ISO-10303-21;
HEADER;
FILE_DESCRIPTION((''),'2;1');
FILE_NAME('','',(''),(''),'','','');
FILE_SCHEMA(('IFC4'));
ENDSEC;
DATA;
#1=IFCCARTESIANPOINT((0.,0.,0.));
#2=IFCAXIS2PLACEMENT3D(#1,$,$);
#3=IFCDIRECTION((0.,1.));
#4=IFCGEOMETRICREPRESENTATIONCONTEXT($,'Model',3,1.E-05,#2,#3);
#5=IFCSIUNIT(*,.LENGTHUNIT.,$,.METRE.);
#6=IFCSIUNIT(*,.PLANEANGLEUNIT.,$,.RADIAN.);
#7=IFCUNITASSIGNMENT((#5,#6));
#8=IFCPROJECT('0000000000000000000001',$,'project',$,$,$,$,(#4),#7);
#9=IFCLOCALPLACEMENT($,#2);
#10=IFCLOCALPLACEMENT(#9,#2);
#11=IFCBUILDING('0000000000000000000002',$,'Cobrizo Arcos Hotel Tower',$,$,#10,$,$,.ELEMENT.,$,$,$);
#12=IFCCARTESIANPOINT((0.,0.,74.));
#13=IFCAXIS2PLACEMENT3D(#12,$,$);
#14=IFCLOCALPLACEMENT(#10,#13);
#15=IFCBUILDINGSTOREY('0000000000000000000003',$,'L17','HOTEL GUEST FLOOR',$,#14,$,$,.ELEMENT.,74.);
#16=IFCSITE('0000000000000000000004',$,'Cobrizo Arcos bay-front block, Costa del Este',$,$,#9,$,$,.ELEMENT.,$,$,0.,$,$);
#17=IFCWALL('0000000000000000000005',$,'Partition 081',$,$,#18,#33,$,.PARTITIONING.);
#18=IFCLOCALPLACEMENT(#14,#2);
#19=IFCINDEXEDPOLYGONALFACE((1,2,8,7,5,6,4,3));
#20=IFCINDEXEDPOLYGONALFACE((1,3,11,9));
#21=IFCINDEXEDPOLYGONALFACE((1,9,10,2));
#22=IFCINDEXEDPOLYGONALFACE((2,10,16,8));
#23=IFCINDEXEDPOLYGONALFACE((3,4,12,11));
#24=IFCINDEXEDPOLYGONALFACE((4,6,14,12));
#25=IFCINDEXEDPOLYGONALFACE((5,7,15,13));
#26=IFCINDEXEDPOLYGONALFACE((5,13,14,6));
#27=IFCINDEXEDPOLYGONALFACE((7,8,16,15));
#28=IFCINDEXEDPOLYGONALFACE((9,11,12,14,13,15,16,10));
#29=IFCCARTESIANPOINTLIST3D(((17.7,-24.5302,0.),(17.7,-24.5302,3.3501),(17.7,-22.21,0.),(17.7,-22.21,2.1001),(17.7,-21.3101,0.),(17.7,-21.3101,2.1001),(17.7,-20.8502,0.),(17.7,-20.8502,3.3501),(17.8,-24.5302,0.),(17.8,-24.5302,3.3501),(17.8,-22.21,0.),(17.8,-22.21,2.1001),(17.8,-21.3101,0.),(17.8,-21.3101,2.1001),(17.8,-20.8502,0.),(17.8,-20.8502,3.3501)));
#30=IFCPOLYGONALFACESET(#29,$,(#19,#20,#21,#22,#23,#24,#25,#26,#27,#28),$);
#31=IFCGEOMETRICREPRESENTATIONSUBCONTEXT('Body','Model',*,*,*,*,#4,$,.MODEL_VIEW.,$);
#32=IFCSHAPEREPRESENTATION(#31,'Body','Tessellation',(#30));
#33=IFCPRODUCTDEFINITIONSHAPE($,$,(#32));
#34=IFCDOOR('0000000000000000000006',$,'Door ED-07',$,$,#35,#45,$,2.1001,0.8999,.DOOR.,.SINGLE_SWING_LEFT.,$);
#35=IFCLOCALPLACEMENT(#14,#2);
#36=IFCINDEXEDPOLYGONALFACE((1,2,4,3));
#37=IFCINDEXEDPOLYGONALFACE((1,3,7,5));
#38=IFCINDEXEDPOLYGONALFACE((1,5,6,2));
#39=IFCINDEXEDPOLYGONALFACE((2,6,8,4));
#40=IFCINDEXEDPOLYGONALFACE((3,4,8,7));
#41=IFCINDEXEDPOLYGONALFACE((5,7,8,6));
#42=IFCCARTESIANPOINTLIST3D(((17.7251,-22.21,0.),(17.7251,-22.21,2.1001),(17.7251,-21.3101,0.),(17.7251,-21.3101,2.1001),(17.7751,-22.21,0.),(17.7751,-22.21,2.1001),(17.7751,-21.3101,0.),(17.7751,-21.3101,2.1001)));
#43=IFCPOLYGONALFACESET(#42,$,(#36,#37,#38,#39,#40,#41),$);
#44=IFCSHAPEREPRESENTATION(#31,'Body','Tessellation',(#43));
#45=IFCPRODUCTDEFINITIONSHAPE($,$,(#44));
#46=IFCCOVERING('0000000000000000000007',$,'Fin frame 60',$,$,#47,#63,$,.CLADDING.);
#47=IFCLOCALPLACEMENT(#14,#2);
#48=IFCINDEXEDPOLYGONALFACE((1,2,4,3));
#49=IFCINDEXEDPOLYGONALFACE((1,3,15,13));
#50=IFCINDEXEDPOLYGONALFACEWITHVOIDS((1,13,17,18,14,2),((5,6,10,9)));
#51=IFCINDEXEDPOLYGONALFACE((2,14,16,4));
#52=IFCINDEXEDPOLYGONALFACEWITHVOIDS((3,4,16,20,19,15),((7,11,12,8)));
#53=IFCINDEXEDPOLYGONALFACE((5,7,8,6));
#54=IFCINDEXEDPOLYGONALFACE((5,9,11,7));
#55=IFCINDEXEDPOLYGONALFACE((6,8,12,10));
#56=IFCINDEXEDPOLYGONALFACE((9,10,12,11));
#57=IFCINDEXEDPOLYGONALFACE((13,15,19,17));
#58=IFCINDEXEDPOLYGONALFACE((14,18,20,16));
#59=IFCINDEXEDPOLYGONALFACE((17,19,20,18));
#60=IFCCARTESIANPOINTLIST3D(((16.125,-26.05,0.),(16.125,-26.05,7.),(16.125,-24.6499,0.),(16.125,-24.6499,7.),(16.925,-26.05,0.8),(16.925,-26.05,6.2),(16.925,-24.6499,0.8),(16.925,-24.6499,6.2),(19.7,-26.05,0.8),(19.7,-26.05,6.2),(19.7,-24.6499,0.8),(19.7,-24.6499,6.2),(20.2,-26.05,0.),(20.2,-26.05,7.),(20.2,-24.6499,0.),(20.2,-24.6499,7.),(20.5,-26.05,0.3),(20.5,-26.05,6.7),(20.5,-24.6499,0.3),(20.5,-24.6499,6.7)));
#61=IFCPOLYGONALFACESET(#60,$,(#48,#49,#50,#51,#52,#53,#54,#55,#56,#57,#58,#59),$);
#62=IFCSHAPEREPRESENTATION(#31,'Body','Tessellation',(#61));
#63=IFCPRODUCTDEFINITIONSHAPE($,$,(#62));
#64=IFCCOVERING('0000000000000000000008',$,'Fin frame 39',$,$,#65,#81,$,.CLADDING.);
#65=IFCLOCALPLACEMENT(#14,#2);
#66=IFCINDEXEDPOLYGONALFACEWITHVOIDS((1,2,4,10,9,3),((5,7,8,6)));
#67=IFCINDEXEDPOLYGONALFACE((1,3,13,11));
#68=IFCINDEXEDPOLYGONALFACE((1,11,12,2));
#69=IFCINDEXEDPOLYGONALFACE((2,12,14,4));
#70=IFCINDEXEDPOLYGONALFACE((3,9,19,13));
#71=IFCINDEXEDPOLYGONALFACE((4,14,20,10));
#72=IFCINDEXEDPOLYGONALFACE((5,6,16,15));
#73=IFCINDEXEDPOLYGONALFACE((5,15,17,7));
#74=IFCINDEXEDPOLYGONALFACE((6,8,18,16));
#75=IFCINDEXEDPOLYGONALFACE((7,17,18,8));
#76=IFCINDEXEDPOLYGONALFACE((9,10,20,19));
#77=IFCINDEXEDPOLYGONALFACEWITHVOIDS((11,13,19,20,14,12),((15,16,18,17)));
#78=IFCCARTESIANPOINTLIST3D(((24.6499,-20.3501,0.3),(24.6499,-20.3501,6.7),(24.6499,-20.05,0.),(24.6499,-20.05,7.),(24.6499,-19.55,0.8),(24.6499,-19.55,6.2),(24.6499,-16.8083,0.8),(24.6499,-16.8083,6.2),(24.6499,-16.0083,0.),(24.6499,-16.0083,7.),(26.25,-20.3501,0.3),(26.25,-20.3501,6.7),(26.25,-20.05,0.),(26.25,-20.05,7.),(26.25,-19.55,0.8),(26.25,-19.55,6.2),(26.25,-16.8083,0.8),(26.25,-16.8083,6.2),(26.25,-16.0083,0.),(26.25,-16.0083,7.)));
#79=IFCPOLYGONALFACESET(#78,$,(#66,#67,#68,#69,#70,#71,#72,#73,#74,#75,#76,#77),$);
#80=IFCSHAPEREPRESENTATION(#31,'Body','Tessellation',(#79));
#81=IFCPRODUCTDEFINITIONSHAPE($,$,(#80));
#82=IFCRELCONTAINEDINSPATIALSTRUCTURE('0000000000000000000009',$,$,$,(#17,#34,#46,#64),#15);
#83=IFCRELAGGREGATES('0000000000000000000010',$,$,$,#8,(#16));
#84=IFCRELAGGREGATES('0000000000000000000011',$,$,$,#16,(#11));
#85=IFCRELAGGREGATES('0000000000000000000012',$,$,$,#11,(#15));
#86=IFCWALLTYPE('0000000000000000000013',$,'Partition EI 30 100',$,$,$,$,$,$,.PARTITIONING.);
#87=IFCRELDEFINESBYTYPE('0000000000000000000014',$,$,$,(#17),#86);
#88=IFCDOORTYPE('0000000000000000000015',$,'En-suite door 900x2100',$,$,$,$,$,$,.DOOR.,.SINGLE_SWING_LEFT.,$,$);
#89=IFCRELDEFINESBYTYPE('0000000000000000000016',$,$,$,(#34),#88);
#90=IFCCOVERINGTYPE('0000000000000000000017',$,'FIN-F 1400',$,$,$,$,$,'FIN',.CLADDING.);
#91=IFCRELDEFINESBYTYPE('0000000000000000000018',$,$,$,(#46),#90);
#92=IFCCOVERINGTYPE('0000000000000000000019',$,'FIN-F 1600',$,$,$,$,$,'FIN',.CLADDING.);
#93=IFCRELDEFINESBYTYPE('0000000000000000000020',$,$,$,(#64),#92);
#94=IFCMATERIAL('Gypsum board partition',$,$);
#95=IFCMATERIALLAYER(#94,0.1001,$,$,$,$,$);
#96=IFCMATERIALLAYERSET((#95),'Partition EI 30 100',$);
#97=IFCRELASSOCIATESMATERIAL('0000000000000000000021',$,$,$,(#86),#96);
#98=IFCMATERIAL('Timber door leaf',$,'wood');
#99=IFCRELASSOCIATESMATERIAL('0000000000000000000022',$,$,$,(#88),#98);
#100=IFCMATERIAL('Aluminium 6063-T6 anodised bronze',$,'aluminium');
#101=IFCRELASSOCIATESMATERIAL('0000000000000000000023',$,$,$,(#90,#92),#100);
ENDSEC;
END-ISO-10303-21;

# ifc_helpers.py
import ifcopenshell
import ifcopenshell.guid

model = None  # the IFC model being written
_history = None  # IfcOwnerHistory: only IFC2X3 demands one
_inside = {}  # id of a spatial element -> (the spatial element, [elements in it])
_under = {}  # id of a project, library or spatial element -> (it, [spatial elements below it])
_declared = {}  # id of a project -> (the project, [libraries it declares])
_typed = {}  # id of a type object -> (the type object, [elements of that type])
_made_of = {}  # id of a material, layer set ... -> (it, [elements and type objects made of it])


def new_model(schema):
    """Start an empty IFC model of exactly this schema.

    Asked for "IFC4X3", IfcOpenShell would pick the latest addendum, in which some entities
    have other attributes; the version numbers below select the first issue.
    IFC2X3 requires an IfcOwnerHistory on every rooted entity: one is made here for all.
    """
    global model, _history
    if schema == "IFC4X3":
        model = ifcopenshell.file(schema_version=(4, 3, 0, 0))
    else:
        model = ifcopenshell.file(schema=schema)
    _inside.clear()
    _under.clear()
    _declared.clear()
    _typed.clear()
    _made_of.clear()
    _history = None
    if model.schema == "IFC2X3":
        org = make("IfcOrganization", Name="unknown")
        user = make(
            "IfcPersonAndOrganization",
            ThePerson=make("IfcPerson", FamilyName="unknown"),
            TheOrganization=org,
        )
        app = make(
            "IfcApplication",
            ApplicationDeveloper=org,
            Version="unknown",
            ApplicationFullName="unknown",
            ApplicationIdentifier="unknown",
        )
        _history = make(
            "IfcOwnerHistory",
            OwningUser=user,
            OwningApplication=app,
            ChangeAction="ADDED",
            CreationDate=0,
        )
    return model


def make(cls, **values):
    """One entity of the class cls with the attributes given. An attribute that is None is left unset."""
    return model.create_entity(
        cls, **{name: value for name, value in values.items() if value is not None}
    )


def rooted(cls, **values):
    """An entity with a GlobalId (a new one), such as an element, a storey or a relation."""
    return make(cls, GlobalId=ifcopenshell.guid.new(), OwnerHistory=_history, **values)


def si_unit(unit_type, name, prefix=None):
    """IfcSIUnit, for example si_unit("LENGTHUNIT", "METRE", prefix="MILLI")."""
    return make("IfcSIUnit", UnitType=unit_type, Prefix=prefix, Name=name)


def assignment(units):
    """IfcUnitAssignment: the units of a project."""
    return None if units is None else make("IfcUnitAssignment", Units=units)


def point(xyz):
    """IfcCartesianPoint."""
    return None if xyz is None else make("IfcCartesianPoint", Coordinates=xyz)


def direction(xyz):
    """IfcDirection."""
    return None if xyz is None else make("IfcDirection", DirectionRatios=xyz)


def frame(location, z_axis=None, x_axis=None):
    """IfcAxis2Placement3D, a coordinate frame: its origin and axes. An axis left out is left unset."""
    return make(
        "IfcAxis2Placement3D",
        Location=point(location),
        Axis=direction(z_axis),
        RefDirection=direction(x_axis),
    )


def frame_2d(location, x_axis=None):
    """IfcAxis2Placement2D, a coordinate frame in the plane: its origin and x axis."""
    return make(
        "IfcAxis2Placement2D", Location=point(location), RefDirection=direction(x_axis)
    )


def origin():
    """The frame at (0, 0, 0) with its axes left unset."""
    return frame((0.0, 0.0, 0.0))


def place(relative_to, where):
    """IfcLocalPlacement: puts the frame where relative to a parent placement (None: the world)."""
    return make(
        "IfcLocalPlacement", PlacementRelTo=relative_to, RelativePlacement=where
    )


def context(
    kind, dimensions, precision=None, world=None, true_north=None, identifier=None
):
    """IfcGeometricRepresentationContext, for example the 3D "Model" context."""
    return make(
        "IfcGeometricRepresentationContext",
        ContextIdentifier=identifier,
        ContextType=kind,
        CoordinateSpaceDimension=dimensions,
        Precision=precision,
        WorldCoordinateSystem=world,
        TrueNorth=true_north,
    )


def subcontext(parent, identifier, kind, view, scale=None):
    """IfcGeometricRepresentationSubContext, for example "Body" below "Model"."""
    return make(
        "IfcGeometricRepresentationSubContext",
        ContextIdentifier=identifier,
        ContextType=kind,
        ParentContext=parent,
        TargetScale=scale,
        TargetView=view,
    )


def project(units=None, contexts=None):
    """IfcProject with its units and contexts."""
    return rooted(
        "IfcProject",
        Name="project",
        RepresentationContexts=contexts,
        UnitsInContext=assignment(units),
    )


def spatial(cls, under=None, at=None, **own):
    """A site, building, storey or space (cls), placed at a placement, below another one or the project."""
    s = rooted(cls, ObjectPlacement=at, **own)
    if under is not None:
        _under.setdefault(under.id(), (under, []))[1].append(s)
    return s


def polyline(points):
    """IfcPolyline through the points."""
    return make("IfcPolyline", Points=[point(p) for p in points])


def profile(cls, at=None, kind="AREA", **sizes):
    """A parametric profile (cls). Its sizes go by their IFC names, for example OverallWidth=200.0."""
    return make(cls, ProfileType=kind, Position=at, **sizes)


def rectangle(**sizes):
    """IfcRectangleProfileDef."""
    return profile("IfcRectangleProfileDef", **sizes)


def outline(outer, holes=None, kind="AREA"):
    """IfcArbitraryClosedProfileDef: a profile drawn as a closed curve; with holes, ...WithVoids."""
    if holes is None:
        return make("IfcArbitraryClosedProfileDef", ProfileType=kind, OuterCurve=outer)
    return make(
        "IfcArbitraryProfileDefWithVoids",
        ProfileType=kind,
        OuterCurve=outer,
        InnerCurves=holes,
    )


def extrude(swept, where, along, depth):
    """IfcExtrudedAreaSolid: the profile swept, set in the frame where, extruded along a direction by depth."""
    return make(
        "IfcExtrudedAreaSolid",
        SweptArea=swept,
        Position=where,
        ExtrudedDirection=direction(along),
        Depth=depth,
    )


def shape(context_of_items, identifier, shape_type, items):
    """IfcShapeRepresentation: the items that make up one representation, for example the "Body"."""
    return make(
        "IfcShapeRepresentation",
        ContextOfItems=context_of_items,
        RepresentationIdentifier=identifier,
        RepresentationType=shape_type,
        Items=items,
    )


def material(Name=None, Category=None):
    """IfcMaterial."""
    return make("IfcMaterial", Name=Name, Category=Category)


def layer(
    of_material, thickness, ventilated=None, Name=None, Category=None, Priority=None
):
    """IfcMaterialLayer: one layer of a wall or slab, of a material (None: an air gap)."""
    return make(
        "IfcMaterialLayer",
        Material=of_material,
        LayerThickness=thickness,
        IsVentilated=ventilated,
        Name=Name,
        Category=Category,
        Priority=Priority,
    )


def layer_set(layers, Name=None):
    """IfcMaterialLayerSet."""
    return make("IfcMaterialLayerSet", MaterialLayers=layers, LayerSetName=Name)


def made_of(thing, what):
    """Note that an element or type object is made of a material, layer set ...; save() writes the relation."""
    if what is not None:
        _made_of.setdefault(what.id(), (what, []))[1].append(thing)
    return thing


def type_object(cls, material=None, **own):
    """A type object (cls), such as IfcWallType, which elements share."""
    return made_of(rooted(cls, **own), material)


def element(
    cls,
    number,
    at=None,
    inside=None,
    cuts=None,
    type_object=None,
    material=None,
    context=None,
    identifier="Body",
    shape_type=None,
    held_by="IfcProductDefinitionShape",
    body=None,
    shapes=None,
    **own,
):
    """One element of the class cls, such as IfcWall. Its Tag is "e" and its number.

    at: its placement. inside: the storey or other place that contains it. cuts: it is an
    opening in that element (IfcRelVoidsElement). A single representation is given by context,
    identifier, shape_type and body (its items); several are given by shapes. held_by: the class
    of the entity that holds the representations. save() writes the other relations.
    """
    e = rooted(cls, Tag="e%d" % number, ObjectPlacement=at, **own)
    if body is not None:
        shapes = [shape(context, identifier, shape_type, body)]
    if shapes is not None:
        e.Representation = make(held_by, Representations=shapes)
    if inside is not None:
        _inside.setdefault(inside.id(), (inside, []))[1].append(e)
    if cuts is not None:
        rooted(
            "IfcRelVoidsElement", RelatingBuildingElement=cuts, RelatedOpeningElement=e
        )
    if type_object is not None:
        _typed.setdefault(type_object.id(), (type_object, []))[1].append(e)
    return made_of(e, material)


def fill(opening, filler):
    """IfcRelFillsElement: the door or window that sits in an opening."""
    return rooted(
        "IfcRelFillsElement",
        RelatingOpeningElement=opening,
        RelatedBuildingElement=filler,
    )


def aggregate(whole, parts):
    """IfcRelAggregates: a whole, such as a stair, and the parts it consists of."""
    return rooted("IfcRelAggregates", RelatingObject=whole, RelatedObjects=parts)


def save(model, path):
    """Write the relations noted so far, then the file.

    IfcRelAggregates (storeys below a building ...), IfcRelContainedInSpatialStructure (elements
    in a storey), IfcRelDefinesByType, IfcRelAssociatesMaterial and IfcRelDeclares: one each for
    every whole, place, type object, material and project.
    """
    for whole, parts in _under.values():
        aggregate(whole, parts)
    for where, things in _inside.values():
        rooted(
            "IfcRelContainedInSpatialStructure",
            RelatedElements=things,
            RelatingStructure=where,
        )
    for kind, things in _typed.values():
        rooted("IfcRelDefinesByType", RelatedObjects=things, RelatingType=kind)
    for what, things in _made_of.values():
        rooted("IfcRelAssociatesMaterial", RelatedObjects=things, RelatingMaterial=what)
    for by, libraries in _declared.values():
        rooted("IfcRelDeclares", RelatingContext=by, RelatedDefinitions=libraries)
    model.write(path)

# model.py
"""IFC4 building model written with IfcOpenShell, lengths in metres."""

from ifc_helpers import new_model, si_unit, direction, frame, frame_2d, origin, place, context, subcontext, project, spatial, polyline, rectangle, outline, extrude, material, layer, layer_set, type_object, element, fill, save


model = new_model("IFC4")

# Units and contexts
model_context = context("Model", 3, precision=1e-05, world=origin(), true_north=direction((0.0, 1.0)))
body_context = subcontext(model_context, "Body", "Model", "MODEL_VIEW")
ifc_project = project(units=[si_unit("LENGTHUNIT", "METRE"), si_unit("PLANEANGLEUNIT", "RADIAN")], contexts=[model_context])

# Site, building, storey
site_placement = place(None, origin())
site = spatial("IfcSite", under=ifc_project, at=site_placement, Name="Cobrizo Arcos bay-front block, Costa del Este", CompositionType="ELEMENT", RefElevation=0.0)
building_placement = place(site_placement, origin())
building = spatial("IfcBuilding", under=site, at=building_placement, Name="Cobrizo Arcos Hotel Tower", CompositionType="ELEMENT")
storey_placement = place(building_placement, frame((0.0, 0.0, 74.0)))
storey = spatial("IfcBuildingStorey", under=building, at=storey_placement, Name="L17", Description="HOTEL GUEST FLOOR", CompositionType="ELEMENT", Elevation=74.0)

# Shared definitions
ifc_material_1 = material(Name="Aluminium 6063-T6 anodised bronze", Category="aluminium")

# Wall, opening, door
ifc_material_2 = material(Name="Gypsum board partition")
ifc_layer_1 = layer(ifc_material_2, 0.1001)
ifc_layer_set_1 = layer_set([ifc_layer_1], Name="Partition EI 30 100")
wall_type = type_object("IfcWallType", Name="Partition EI 30 100", PredefinedType="PARTITIONING", material=ifc_layer_set_1)
ifc_material_3 = material(Name="Timber door leaf", Category="wood")
wall_1_placement = place(storey_placement, frame((17.75, -24.53, 0.0), z_axis=(0.0, 0.0, 1.0), x_axis=(0.0, 1.0, 0.0)))
wall_1 = element("IfcWall", 1, at=wall_1_placement, inside=storey, type_object=wall_type, Name="Partition 081", PredefinedType="PARTITIONING", context=body_context, shape_type="SweptSolid", body=[
    extrude(rectangle(XDim=3.6799, YDim=0.1001, at=frame_2d((1.8398, 0.0))), origin(), (0.0, 0.0, 1.0), 3.3501),
])
opening_1_placement = place(wall_1_placement, frame((2.3201, 0.0, 0.0)))
opening_1 = element("IfcOpeningElement", 2, at=opening_1_placement, cuts=wall_1, PredefinedType="OPENING", context=body_context, shape_type="SweptSolid", body=[
    extrude(rectangle(XDim=0.8999, YDim=2.1001, at=frame_2d((0.45, 1.05))), frame((0.0, 0.062, 0.0), z_axis=(0.0, -1.0, 0.0), x_axis=(1.0, 0.0, 0.0)), (0.0, 0.0, 1.0), 0.124),
])
door_type_1 = type_object("IfcDoorType", Name="En-suite door 900x2100", OperationType="SINGLE_SWING_LEFT", PredefinedType="DOOR", material=ifc_material_3)
door_1_placement = place(opening_1_placement, origin())
door_1 = element("IfcDoor", 3, at=door_1_placement, inside=storey, type_object=door_type_1, Name="Door ED-07", OperationType="SINGLE_SWING_LEFT", OverallHeight=2.1001, OverallWidth=0.8999, PredefinedType="DOOR", context=body_context, shape_type="SweptSolid", body=[
    extrude(rectangle(XDim=0.8999, YDim=2.1001, at=frame_2d((0.45, 1.05))), frame((0.0, 0.0249, 0.0), z_axis=(0.0, -1.0, 0.0), x_axis=(1.0, 0.0, 0.0)), (0.0, 0.0, 1.0), 0.05),
])
fill(opening_1, door_1)

# Coverings
covering_type_1 = type_object("IfcCoveringType", Name="FIN-F 1400", ElementType="FIN", PredefinedType="CLADDING", material=ifc_material_1)
covering_1_placement = place(storey_placement, frame((16.125, -24.6499, 0.0), z_axis=(0.0, -1.0, 0.0), x_axis=(1.0, 0.0, 0.0)))
element("IfcCovering", 4, at=covering_1_placement, inside=storey, type_object=covering_type_1, Name="Fin frame 60", PredefinedType="CLADDING", context=body_context, shape_type="SweptSolid", body=[
    extrude(outline(polyline([(0.0, 7.0), (0.0, 0.0), (4.075, 0.0), (4.375, 0.3), (4.375, 6.7), (4.075, 7.0), (0.0, 7.0)]), holes=[polyline([(3.575, 0.8), (0.8, 0.8), (0.8, 6.2), (3.575, 6.2), (3.575, 0.8)])]), origin(), (0.0, 0.0, 1.0), 1.4001),
])
covering_type_2 = type_object("IfcCoveringType", Name="FIN-F 1600", ElementType="FIN", PredefinedType="CLADDING", material=ifc_material_1)
covering_2_placement = place(storey_placement, frame((24.6499, -20.3501, 0.0), z_axis=(1.0, 0.0, 0.0), x_axis=(0.0, 1.0, 0.0)))
element("IfcCovering", 5, at=covering_2_placement, inside=storey, type_object=covering_type_2, Name="Fin frame 39", PredefinedType="CLADDING", context=body_context, shape_type="SweptSolid", body=[
    extrude(outline(polyline([(0.0, 0.3), (0.3, 0.0), (4.3418, 0.0), (4.3418, 7.0), (0.3, 7.0), (0.0, 6.7), (0.0, 0.3)]), holes=[polyline([(3.5417, 0.8), (0.8, 0.8), (0.8, 6.2), (3.5417, 6.2), (3.5417, 0.8)])]), origin(), (0.0, 0.0, 1.0), 1.6001),
])

save(model, "model.ifc")
